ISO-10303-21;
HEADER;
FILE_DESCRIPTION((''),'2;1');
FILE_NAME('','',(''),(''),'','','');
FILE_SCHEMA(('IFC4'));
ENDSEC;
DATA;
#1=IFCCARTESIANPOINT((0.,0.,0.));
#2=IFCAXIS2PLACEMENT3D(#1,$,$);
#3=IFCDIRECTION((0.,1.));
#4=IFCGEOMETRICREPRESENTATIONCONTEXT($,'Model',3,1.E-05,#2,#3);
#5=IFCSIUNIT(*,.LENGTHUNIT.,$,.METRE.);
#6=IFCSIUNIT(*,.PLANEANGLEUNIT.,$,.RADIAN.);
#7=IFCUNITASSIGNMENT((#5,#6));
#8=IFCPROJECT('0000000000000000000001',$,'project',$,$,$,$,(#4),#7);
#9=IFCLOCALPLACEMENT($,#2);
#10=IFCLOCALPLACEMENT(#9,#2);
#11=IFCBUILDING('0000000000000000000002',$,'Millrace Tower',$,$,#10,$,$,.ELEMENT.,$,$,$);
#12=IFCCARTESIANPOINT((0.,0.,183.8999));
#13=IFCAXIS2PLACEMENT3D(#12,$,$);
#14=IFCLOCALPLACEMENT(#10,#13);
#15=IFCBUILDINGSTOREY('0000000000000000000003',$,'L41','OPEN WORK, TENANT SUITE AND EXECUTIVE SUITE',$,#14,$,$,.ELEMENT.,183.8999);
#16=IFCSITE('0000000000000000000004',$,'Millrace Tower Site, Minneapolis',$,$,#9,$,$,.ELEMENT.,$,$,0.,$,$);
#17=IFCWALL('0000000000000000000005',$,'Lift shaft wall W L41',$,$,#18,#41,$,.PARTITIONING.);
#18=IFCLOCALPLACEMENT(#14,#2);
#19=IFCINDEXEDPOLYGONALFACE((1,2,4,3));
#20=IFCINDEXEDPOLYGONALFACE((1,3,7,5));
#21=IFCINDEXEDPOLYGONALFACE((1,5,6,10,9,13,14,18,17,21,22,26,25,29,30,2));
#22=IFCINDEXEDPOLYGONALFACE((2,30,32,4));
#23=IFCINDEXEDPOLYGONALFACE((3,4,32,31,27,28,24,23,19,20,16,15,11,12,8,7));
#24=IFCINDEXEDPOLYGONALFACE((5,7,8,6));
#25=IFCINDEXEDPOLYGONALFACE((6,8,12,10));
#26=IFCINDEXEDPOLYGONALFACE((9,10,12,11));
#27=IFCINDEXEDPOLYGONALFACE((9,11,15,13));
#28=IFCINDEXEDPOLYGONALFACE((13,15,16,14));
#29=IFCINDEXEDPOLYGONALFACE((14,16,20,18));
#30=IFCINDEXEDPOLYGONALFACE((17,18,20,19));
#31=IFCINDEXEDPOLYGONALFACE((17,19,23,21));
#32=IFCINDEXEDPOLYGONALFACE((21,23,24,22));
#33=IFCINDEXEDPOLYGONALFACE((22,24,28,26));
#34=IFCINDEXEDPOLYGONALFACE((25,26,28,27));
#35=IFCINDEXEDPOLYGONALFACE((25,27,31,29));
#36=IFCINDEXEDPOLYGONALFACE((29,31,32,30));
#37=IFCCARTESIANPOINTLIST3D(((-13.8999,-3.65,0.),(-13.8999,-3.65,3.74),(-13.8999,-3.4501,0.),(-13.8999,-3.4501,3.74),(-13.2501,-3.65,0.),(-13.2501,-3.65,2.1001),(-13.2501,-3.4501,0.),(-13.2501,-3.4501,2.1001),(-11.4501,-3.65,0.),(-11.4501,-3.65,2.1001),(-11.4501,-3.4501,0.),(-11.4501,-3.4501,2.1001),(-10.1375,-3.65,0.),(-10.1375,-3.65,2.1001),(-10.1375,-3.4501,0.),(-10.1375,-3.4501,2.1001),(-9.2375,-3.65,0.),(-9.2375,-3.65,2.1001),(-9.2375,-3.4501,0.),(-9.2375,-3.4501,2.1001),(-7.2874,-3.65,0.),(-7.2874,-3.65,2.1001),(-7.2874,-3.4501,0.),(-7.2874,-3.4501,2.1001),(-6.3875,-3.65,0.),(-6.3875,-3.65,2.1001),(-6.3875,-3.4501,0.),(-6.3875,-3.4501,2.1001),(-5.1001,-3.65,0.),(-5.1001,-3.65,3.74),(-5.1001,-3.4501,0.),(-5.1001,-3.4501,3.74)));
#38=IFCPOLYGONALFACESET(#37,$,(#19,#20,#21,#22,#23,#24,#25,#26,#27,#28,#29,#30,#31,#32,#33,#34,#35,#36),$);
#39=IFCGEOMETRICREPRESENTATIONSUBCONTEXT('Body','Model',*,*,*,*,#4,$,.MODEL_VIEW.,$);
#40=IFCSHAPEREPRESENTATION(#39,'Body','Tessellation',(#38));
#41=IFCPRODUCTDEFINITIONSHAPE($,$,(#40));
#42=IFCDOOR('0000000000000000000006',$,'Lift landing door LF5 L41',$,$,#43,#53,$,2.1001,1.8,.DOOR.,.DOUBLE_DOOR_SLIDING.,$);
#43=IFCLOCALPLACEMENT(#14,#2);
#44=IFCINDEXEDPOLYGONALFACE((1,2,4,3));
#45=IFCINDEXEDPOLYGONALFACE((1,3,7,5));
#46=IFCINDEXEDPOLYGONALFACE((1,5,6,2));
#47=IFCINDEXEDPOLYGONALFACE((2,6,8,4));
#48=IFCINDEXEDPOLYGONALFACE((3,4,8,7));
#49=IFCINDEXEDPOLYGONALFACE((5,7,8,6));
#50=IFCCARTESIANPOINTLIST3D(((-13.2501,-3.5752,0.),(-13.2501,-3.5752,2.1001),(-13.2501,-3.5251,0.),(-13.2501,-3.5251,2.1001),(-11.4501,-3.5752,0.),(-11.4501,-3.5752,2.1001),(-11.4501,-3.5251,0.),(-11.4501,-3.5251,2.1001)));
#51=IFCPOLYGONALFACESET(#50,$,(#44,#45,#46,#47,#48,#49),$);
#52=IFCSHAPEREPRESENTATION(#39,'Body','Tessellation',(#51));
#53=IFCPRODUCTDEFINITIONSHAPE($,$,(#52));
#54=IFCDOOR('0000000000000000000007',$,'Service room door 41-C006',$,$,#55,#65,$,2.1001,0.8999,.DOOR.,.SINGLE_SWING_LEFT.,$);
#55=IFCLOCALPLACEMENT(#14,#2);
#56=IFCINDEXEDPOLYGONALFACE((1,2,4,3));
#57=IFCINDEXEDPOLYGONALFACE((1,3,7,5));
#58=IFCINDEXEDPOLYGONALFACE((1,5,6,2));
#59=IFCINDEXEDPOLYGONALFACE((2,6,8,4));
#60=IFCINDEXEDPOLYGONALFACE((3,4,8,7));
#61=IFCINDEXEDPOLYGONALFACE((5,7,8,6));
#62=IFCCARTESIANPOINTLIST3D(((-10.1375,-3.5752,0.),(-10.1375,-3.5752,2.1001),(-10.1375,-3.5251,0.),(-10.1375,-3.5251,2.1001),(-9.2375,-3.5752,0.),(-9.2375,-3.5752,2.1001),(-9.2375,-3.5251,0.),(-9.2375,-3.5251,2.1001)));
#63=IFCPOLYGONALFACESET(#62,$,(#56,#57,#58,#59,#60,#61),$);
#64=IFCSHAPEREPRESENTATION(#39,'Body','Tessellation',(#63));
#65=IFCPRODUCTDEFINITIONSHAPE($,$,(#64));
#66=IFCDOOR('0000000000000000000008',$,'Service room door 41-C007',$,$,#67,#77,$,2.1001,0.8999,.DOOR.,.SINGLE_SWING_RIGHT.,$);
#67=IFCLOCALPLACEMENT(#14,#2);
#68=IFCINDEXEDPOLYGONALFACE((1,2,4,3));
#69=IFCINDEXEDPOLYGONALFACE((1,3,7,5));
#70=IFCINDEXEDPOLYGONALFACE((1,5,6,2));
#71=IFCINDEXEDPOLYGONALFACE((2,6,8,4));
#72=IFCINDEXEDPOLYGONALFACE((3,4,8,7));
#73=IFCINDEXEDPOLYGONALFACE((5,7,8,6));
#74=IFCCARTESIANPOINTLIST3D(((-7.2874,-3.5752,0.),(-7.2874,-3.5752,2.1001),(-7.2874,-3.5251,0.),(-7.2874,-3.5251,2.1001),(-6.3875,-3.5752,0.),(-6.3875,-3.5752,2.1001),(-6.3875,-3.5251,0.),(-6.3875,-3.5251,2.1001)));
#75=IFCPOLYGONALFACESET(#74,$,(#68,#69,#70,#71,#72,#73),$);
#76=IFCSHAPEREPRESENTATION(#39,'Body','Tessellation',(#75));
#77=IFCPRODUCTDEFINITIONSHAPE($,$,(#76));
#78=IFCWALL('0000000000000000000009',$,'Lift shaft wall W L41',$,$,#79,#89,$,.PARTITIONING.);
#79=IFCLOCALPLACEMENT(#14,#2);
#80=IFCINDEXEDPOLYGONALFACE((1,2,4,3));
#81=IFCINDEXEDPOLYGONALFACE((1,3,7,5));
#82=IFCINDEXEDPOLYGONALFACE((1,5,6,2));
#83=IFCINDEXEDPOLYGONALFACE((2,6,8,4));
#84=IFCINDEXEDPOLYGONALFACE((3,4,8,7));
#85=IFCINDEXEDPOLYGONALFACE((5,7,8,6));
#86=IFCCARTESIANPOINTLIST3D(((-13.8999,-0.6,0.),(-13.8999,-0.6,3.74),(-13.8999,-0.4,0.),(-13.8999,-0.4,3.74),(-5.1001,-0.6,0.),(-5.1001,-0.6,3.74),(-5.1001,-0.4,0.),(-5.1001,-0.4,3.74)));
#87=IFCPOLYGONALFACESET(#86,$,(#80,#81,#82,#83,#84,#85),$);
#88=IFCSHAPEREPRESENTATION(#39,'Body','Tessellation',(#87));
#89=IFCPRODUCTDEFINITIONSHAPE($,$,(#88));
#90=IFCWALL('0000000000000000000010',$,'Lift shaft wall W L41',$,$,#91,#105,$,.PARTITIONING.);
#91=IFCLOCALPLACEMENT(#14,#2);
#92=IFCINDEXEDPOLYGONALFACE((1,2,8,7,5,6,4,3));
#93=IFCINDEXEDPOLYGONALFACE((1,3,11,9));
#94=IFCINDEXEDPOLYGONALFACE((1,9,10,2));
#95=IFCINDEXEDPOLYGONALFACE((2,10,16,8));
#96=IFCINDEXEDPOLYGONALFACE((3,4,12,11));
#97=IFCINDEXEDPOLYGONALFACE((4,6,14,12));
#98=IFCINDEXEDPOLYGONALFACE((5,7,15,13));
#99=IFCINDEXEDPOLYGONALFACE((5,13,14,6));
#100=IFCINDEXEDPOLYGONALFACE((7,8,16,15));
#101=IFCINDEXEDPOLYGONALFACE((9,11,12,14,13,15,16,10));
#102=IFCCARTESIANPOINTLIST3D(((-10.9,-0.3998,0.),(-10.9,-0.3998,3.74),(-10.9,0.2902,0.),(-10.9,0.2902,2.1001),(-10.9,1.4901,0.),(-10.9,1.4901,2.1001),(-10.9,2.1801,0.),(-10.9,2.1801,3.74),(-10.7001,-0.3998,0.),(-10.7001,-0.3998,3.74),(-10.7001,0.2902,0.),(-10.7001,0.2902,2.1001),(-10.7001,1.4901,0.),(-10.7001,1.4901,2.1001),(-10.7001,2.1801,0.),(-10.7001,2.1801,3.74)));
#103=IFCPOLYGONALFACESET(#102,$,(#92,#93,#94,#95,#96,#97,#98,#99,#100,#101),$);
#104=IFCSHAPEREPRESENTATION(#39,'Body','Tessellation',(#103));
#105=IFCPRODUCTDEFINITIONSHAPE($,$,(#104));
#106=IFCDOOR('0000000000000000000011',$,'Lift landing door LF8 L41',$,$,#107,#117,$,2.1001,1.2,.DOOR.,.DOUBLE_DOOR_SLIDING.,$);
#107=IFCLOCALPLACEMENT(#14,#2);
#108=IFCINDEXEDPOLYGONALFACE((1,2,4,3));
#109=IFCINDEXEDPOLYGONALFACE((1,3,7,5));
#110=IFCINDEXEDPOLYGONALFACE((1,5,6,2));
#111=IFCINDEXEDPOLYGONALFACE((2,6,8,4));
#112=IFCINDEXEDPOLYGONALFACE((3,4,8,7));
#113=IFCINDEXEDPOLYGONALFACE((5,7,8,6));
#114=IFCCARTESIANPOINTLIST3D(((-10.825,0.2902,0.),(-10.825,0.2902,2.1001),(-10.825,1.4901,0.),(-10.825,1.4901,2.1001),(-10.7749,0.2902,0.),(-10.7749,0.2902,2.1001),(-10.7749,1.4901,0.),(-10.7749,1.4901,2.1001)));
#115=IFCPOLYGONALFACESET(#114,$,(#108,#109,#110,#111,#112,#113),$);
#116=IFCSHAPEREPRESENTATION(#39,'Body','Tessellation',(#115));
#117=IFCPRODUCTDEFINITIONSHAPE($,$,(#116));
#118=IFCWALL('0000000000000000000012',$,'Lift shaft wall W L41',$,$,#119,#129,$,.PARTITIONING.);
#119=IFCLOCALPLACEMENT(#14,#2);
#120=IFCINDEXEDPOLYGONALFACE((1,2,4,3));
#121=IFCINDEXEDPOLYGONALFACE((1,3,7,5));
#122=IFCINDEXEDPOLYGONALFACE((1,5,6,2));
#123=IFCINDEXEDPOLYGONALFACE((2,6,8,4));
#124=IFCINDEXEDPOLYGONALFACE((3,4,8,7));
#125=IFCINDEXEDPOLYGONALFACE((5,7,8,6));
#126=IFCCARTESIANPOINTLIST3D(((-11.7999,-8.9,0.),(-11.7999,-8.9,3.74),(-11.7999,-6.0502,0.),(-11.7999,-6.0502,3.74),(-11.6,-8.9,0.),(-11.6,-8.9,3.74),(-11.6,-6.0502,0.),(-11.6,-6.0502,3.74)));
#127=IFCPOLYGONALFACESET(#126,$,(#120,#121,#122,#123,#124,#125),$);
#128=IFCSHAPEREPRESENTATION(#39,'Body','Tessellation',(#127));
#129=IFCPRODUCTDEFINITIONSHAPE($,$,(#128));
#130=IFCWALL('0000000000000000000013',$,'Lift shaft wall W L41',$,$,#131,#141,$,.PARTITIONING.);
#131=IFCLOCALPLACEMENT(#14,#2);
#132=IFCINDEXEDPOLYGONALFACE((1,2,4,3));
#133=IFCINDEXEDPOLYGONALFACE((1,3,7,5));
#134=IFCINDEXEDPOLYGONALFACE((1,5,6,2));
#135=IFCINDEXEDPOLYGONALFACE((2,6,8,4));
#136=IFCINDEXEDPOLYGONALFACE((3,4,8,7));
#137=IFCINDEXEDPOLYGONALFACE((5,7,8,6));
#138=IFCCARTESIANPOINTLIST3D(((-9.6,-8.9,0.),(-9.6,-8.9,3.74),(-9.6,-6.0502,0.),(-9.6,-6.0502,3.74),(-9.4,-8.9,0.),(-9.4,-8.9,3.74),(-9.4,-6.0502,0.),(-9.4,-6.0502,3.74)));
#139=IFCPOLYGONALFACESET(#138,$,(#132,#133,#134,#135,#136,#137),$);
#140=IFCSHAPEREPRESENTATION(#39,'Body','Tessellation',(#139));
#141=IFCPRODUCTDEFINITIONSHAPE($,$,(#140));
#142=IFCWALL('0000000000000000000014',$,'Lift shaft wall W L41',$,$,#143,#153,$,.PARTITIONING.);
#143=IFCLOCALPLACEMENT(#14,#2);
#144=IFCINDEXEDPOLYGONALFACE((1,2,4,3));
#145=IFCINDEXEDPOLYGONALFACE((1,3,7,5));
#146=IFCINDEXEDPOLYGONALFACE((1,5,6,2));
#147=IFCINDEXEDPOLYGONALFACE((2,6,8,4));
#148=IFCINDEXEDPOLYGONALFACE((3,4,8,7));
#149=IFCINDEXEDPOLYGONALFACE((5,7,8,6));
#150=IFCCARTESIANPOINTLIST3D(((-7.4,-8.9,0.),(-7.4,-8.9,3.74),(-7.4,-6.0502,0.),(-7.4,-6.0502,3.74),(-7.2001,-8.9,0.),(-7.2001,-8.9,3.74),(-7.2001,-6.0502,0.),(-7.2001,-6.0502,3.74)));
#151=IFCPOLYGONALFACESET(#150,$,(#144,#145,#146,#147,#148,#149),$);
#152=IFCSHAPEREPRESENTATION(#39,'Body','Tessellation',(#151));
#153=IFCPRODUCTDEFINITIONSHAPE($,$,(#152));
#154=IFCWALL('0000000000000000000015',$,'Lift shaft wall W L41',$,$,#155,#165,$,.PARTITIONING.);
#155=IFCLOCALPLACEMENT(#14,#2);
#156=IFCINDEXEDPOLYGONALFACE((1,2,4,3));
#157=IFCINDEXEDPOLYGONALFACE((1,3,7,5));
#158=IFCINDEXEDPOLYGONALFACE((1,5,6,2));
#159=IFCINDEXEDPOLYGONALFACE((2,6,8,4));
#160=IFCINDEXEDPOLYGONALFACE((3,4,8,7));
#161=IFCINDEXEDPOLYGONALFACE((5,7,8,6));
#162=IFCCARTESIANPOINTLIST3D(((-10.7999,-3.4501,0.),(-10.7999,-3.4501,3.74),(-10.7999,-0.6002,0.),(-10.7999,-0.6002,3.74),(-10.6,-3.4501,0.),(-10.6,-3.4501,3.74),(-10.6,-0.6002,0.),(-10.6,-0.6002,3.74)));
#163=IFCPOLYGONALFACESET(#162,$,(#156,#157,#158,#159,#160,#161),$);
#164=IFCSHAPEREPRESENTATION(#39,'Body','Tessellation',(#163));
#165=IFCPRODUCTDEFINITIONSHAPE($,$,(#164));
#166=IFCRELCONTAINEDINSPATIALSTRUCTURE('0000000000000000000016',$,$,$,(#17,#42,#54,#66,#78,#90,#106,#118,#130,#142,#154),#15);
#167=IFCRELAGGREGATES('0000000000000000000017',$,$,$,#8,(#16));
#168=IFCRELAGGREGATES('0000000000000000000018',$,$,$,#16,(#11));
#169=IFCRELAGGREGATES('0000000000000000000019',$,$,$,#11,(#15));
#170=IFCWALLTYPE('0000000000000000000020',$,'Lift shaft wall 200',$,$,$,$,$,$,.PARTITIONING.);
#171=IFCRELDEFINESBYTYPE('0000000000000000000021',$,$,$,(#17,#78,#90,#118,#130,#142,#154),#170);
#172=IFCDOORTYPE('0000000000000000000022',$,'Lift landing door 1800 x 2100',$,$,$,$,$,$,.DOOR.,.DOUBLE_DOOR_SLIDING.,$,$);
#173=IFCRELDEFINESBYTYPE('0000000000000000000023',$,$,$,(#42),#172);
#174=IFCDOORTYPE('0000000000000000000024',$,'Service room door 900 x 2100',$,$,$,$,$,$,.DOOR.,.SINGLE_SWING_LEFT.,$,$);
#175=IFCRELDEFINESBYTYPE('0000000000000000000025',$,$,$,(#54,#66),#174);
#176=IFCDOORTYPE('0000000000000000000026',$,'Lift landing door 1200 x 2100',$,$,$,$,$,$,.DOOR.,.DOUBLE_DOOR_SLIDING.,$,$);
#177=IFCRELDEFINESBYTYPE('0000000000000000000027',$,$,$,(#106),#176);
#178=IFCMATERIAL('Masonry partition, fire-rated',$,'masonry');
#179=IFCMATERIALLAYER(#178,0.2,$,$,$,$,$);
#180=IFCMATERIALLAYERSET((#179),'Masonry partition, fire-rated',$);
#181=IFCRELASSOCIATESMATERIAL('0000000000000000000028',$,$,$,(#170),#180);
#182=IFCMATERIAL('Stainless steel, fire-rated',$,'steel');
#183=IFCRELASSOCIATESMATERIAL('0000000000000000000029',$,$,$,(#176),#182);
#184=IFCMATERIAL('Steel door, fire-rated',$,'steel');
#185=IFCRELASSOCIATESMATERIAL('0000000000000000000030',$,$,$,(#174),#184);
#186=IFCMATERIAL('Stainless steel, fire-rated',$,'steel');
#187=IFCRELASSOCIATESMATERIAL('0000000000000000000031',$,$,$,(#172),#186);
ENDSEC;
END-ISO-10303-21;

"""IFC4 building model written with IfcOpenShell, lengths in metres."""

from ifc_helpers import new_model, si_unit, direction, frame, frame_2d, origin, place, context, subcontext, project, spatial, rectangle, extrude, material, layer, layer_set, type_object, element, fill, save


model = new_model("IFC4")

# Units and contexts
model_context = context("Model", 3, precision=1e-05, world=origin(), true_north=direction((0.0, 1.0)))
body_context = subcontext(model_context, "Body", "Model", "MODEL_VIEW")
ifc_project = project(units=[si_unit("LENGTHUNIT", "METRE"), si_unit("PLANEANGLEUNIT", "RADIAN")], contexts=[model_context])

# Site, building, storey
site_placement = place(None, origin())
site = spatial("IfcSite", under=ifc_project, at=site_placement, Name="Millrace Tower Site, Minneapolis", CompositionType="ELEMENT", RefElevation=0.0)
building_placement = place(site_placement, origin())
building = spatial("IfcBuilding", under=site, at=building_placement, Name="Millrace Tower", CompositionType="ELEMENT")
storey_placement = place(building_placement, frame((0.0, 0.0, 183.8999)))
storey = spatial("IfcBuildingStorey", under=building, at=storey_placement, Name="L41", Description="OPEN WORK, TENANT SUITE AND EXECUTIVE SUITE", CompositionType="ELEMENT", Elevation=183.8999)

# Wall, openings, doors
ifc_material_1 = material(Name="Masonry partition, fire-rated", Category="masonry")
ifc_layer_1 = layer(ifc_material_1, 0.2)
ifc_layer_set_1 = layer_set([ifc_layer_1], Name="Masonry partition, fire-rated")
wall_type_1 = type_object("IfcWallType", Name="Lift shaft wall 200", PredefinedType="PARTITIONING", material=ifc_layer_set_1)
ifc_material_2 = material(Name="Stainless steel, fire-rated", Category="steel")
door_type_1 = type_object("IfcDoorType", Name="Lift landing door 1200 x 2100", OperationType="DOUBLE_DOOR_SLIDING", PredefinedType="DOOR", material=ifc_material_2)
ifc_material_3 = material(Name="Steel door, fire-rated", Category="steel")
door_type_2 = type_object("IfcDoorType", Name="Service room door 900 x 2100", OperationType="SINGLE_SWING_LEFT", PredefinedType="DOOR", material=ifc_material_3)
wall_1_placement = place(storey_placement, frame((-13.8999, -3.55, 0.0), z_axis=(0.0, 0.0, 1.0), x_axis=(1.0, 0.0, 0.0)))
wall_1 = element("IfcWall", 1, at=wall_1_placement, inside=storey, type_object=wall_type_1, Name="Lift shaft wall W L41", PredefinedType="PARTITIONING", context=body_context, shape_type="SweptSolid", body=[
    extrude(rectangle(XDim=8.7998, YDim=0.2, at=frame_2d((4.3999, 0.0))), origin(), (0.0, 0.0, 1.0), 3.74),
])
opening_1_placement = place(wall_1_placement, frame((0.6499, 0.0, 0.0)))
opening_1 = element("IfcOpeningElement", 2, at=opening_1_placement, cuts=wall_1, PredefinedType="OPENING", context=body_context, shape_type="SweptSolid", body=[
    extrude(rectangle(XDim=1.8, YDim=2.1001, at=frame_2d((0.8999, 1.05))), frame((0.0, 0.1099, 0.0), z_axis=(0.0, -1.0, 0.0), x_axis=(1.0, 0.0, 0.0)), (0.0, 0.0, 1.0), 0.22),
])
opening_2_placement = place(wall_1_placement, frame((3.7625, 0.0, 0.0)))
opening_2 = element("IfcOpeningElement", 3, at=opening_2_placement, cuts=wall_1, PredefinedType="OPENING", context=body_context, shape_type="SweptSolid", body=[
    extrude(rectangle(XDim=0.8999, YDim=2.1001, at=frame_2d((0.45, 1.05))), frame((0.0, 0.1099, 0.0), z_axis=(0.0, -1.0, 0.0), x_axis=(1.0, 0.0, 0.0)), (0.0, 0.0, 1.0), 0.22),
])
opening_3_placement = place(wall_1_placement, frame((6.6125, 0.0, 0.0)))
opening_3 = element("IfcOpeningElement", 4, at=opening_3_placement, cuts=wall_1, PredefinedType="OPENING", context=body_context, shape_type="SweptSolid", body=[
    extrude(rectangle(XDim=0.8999, YDim=2.1001, at=frame_2d((0.45, 1.05))), frame((0.0, 0.1099, 0.0), z_axis=(0.0, -1.0, 0.0), x_axis=(1.0, 0.0, 0.0)), (0.0, 0.0, 1.0), 0.22),
])
ifc_material_4 = material(Name="Stainless steel, fire-rated", Category="steel")
door_type_3 = type_object("IfcDoorType", Name="Lift landing door 1800 x 2100", OperationType="DOUBLE_DOOR_SLIDING", PredefinedType="DOOR", material=ifc_material_4)
door_1_placement = place(opening_1_placement, origin())
door_1 = element("IfcDoor", 5, at=door_1_placement, inside=storey, type_object=door_type_3, Name="Lift landing door LF5 L41", OperationType="DOUBLE_DOOR_SLIDING", OverallHeight=2.1001, OverallWidth=1.8, PredefinedType="DOOR", context=body_context, shape_type="SweptSolid", body=[
    extrude(rectangle(XDim=1.8, YDim=2.1001, at=frame_2d((0.8999, 1.05))), frame((0.0, 0.0249, 0.0), z_axis=(0.0, -1.0, 0.0), x_axis=(1.0, 0.0, 0.0)), (0.0, 0.0, 1.0), 0.05),
])
fill(opening_1, door_1)
door_2_placement = place(opening_2_placement, origin())
door_2 = element("IfcDoor", 6, at=door_2_placement, inside=storey, type_object=door_type_2, Name="Service room door 41-C006", OperationType="SINGLE_SWING_LEFT", OverallHeight=2.1001, OverallWidth=0.8999, PredefinedType="DOOR", context=body_context, shape_type="SweptSolid", body=[
    extrude(rectangle(XDim=0.8999, YDim=2.1001, at=frame_2d((0.45, 1.05))), frame((0.0, 0.0249, 0.0), z_axis=(0.0, -1.0, 0.0), x_axis=(1.0, 0.0, 0.0)), (0.0, 0.0, 1.0), 0.05),
])
fill(opening_2, door_2)
door_3_placement = place(opening_3_placement, origin())
door_3 = element("IfcDoor", 7, at=door_3_placement, inside=storey, type_object=door_type_2, Name="Service room door 41-C007", OperationType="SINGLE_SWING_RIGHT", OverallHeight=2.1001, OverallWidth=0.8999, PredefinedType="DOOR", context=body_context, shape_type="SweptSolid", body=[
    extrude(rectangle(XDim=0.8999, YDim=2.1001, at=frame_2d((0.45, 1.05))), frame((0.0, 0.0249, 0.0), z_axis=(0.0, -1.0, 0.0), x_axis=(1.0, 0.0, 0.0)), (0.0, 0.0, 1.0), 0.05),
])
fill(opening_3, door_3)

# Wall
wall_2_placement = place(storey_placement, frame((-13.8999, -0.5, 0.0), z_axis=(0.0, 0.0, 1.0), x_axis=(1.0, 0.0, 0.0)))
element("IfcWall", 8, at=wall_2_placement, inside=storey, type_object=wall_type_1, Name="Lift shaft wall W L41", PredefinedType="PARTITIONING", context=body_context, shape_type="SweptSolid", body=[
    extrude(rectangle(XDim=8.7998, YDim=0.2, at=frame_2d((4.3999, 0.0))), origin(), (0.0, 0.0, 1.0), 3.74),
])

# Wall, opening, door
wall_3_placement = place(storey_placement, frame((-10.8, -0.3999, 0.0), z_axis=(0.0, 0.0, 1.0), x_axis=(0.0, 1.0, 0.0)))
wall_3 = element("IfcWall", 9, at=wall_3_placement, inside=storey, type_object=wall_type_1, Name="Lift shaft wall W L41", PredefinedType="PARTITIONING", context=body_context, shape_type="SweptSolid", body=[
    extrude(rectangle(XDim=2.5798, YDim=0.2, at=frame_2d((1.29, 0.0))), origin(), (0.0, 0.0, 1.0), 3.74),
])
opening_4_placement = place(wall_3_placement, frame((0.6899, 0.0, 0.0)))
opening_4 = element("IfcOpeningElement", 10, at=opening_4_placement, cuts=wall_3, PredefinedType="OPENING", context=body_context, shape_type="SweptSolid", body=[
    extrude(rectangle(XDim=1.2, YDim=2.1001, at=frame_2d((0.6001, 1.05))), frame((0.0, 0.1099, 0.0), z_axis=(0.0, -1.0, 0.0), x_axis=(1.0, 0.0, 0.0)), (0.0, 0.0, 1.0), 0.22),
])
door_4_placement = place(opening_4_placement, origin())
door_4 = element("IfcDoor", 11, at=door_4_placement, inside=storey, type_object=door_type_1, Name="Lift landing door LF8 L41", OperationType="DOUBLE_DOOR_SLIDING", OverallHeight=2.1001, OverallWidth=1.2, PredefinedType="DOOR", context=body_context, shape_type="SweptSolid", body=[
    extrude(rectangle(XDim=1.2, YDim=2.1001, at=frame_2d((0.6001, 1.05))), frame((0.0, 0.0249, 0.0), z_axis=(0.0, -1.0, 0.0), x_axis=(1.0, 0.0, 0.0)), (0.0, 0.0, 1.0), 0.05),
])
fill(opening_4, door_4)

# Walls
for number, where, z_axis, x_axis, name in (
    (12, (-11.7, -8.8999, 0.0), (0.0, 0.0, 1.0), (0.0, 1.0, 0.0), "Lift shaft wall W L41"),
    (13, (-9.5, -8.8999, 0.0), (0.0, 0.0, 1.0), (0.0, 1.0, 0.0), "Lift shaft wall W L41"),
    (14, (-7.3, -8.8999, 0.0), (0.0, 0.0, 1.0), (0.0, 1.0, 0.0), "Lift shaft wall W L41"),
    (15, (-10.7, -3.45, 0.0), (0.0, 0.0, 1.0), (0.0, 1.0, 0.0), "Lift shaft wall W L41"),
):
    element("IfcWall", number, at=place(storey_placement, frame(where, z_axis=z_axis, x_axis=x_axis)), inside=storey, type_object=wall_type_1, Name=name, PredefinedType="PARTITIONING", context=body_context, shape_type="SweptSolid", body=[
        extrude(rectangle(XDim=2.8499, YDim=0.2, at=frame_2d((1.4248, 0.0))), origin(), (0.0, 0.0, 1.0), 3.74),
    ])

save(model, "model.ifc")
